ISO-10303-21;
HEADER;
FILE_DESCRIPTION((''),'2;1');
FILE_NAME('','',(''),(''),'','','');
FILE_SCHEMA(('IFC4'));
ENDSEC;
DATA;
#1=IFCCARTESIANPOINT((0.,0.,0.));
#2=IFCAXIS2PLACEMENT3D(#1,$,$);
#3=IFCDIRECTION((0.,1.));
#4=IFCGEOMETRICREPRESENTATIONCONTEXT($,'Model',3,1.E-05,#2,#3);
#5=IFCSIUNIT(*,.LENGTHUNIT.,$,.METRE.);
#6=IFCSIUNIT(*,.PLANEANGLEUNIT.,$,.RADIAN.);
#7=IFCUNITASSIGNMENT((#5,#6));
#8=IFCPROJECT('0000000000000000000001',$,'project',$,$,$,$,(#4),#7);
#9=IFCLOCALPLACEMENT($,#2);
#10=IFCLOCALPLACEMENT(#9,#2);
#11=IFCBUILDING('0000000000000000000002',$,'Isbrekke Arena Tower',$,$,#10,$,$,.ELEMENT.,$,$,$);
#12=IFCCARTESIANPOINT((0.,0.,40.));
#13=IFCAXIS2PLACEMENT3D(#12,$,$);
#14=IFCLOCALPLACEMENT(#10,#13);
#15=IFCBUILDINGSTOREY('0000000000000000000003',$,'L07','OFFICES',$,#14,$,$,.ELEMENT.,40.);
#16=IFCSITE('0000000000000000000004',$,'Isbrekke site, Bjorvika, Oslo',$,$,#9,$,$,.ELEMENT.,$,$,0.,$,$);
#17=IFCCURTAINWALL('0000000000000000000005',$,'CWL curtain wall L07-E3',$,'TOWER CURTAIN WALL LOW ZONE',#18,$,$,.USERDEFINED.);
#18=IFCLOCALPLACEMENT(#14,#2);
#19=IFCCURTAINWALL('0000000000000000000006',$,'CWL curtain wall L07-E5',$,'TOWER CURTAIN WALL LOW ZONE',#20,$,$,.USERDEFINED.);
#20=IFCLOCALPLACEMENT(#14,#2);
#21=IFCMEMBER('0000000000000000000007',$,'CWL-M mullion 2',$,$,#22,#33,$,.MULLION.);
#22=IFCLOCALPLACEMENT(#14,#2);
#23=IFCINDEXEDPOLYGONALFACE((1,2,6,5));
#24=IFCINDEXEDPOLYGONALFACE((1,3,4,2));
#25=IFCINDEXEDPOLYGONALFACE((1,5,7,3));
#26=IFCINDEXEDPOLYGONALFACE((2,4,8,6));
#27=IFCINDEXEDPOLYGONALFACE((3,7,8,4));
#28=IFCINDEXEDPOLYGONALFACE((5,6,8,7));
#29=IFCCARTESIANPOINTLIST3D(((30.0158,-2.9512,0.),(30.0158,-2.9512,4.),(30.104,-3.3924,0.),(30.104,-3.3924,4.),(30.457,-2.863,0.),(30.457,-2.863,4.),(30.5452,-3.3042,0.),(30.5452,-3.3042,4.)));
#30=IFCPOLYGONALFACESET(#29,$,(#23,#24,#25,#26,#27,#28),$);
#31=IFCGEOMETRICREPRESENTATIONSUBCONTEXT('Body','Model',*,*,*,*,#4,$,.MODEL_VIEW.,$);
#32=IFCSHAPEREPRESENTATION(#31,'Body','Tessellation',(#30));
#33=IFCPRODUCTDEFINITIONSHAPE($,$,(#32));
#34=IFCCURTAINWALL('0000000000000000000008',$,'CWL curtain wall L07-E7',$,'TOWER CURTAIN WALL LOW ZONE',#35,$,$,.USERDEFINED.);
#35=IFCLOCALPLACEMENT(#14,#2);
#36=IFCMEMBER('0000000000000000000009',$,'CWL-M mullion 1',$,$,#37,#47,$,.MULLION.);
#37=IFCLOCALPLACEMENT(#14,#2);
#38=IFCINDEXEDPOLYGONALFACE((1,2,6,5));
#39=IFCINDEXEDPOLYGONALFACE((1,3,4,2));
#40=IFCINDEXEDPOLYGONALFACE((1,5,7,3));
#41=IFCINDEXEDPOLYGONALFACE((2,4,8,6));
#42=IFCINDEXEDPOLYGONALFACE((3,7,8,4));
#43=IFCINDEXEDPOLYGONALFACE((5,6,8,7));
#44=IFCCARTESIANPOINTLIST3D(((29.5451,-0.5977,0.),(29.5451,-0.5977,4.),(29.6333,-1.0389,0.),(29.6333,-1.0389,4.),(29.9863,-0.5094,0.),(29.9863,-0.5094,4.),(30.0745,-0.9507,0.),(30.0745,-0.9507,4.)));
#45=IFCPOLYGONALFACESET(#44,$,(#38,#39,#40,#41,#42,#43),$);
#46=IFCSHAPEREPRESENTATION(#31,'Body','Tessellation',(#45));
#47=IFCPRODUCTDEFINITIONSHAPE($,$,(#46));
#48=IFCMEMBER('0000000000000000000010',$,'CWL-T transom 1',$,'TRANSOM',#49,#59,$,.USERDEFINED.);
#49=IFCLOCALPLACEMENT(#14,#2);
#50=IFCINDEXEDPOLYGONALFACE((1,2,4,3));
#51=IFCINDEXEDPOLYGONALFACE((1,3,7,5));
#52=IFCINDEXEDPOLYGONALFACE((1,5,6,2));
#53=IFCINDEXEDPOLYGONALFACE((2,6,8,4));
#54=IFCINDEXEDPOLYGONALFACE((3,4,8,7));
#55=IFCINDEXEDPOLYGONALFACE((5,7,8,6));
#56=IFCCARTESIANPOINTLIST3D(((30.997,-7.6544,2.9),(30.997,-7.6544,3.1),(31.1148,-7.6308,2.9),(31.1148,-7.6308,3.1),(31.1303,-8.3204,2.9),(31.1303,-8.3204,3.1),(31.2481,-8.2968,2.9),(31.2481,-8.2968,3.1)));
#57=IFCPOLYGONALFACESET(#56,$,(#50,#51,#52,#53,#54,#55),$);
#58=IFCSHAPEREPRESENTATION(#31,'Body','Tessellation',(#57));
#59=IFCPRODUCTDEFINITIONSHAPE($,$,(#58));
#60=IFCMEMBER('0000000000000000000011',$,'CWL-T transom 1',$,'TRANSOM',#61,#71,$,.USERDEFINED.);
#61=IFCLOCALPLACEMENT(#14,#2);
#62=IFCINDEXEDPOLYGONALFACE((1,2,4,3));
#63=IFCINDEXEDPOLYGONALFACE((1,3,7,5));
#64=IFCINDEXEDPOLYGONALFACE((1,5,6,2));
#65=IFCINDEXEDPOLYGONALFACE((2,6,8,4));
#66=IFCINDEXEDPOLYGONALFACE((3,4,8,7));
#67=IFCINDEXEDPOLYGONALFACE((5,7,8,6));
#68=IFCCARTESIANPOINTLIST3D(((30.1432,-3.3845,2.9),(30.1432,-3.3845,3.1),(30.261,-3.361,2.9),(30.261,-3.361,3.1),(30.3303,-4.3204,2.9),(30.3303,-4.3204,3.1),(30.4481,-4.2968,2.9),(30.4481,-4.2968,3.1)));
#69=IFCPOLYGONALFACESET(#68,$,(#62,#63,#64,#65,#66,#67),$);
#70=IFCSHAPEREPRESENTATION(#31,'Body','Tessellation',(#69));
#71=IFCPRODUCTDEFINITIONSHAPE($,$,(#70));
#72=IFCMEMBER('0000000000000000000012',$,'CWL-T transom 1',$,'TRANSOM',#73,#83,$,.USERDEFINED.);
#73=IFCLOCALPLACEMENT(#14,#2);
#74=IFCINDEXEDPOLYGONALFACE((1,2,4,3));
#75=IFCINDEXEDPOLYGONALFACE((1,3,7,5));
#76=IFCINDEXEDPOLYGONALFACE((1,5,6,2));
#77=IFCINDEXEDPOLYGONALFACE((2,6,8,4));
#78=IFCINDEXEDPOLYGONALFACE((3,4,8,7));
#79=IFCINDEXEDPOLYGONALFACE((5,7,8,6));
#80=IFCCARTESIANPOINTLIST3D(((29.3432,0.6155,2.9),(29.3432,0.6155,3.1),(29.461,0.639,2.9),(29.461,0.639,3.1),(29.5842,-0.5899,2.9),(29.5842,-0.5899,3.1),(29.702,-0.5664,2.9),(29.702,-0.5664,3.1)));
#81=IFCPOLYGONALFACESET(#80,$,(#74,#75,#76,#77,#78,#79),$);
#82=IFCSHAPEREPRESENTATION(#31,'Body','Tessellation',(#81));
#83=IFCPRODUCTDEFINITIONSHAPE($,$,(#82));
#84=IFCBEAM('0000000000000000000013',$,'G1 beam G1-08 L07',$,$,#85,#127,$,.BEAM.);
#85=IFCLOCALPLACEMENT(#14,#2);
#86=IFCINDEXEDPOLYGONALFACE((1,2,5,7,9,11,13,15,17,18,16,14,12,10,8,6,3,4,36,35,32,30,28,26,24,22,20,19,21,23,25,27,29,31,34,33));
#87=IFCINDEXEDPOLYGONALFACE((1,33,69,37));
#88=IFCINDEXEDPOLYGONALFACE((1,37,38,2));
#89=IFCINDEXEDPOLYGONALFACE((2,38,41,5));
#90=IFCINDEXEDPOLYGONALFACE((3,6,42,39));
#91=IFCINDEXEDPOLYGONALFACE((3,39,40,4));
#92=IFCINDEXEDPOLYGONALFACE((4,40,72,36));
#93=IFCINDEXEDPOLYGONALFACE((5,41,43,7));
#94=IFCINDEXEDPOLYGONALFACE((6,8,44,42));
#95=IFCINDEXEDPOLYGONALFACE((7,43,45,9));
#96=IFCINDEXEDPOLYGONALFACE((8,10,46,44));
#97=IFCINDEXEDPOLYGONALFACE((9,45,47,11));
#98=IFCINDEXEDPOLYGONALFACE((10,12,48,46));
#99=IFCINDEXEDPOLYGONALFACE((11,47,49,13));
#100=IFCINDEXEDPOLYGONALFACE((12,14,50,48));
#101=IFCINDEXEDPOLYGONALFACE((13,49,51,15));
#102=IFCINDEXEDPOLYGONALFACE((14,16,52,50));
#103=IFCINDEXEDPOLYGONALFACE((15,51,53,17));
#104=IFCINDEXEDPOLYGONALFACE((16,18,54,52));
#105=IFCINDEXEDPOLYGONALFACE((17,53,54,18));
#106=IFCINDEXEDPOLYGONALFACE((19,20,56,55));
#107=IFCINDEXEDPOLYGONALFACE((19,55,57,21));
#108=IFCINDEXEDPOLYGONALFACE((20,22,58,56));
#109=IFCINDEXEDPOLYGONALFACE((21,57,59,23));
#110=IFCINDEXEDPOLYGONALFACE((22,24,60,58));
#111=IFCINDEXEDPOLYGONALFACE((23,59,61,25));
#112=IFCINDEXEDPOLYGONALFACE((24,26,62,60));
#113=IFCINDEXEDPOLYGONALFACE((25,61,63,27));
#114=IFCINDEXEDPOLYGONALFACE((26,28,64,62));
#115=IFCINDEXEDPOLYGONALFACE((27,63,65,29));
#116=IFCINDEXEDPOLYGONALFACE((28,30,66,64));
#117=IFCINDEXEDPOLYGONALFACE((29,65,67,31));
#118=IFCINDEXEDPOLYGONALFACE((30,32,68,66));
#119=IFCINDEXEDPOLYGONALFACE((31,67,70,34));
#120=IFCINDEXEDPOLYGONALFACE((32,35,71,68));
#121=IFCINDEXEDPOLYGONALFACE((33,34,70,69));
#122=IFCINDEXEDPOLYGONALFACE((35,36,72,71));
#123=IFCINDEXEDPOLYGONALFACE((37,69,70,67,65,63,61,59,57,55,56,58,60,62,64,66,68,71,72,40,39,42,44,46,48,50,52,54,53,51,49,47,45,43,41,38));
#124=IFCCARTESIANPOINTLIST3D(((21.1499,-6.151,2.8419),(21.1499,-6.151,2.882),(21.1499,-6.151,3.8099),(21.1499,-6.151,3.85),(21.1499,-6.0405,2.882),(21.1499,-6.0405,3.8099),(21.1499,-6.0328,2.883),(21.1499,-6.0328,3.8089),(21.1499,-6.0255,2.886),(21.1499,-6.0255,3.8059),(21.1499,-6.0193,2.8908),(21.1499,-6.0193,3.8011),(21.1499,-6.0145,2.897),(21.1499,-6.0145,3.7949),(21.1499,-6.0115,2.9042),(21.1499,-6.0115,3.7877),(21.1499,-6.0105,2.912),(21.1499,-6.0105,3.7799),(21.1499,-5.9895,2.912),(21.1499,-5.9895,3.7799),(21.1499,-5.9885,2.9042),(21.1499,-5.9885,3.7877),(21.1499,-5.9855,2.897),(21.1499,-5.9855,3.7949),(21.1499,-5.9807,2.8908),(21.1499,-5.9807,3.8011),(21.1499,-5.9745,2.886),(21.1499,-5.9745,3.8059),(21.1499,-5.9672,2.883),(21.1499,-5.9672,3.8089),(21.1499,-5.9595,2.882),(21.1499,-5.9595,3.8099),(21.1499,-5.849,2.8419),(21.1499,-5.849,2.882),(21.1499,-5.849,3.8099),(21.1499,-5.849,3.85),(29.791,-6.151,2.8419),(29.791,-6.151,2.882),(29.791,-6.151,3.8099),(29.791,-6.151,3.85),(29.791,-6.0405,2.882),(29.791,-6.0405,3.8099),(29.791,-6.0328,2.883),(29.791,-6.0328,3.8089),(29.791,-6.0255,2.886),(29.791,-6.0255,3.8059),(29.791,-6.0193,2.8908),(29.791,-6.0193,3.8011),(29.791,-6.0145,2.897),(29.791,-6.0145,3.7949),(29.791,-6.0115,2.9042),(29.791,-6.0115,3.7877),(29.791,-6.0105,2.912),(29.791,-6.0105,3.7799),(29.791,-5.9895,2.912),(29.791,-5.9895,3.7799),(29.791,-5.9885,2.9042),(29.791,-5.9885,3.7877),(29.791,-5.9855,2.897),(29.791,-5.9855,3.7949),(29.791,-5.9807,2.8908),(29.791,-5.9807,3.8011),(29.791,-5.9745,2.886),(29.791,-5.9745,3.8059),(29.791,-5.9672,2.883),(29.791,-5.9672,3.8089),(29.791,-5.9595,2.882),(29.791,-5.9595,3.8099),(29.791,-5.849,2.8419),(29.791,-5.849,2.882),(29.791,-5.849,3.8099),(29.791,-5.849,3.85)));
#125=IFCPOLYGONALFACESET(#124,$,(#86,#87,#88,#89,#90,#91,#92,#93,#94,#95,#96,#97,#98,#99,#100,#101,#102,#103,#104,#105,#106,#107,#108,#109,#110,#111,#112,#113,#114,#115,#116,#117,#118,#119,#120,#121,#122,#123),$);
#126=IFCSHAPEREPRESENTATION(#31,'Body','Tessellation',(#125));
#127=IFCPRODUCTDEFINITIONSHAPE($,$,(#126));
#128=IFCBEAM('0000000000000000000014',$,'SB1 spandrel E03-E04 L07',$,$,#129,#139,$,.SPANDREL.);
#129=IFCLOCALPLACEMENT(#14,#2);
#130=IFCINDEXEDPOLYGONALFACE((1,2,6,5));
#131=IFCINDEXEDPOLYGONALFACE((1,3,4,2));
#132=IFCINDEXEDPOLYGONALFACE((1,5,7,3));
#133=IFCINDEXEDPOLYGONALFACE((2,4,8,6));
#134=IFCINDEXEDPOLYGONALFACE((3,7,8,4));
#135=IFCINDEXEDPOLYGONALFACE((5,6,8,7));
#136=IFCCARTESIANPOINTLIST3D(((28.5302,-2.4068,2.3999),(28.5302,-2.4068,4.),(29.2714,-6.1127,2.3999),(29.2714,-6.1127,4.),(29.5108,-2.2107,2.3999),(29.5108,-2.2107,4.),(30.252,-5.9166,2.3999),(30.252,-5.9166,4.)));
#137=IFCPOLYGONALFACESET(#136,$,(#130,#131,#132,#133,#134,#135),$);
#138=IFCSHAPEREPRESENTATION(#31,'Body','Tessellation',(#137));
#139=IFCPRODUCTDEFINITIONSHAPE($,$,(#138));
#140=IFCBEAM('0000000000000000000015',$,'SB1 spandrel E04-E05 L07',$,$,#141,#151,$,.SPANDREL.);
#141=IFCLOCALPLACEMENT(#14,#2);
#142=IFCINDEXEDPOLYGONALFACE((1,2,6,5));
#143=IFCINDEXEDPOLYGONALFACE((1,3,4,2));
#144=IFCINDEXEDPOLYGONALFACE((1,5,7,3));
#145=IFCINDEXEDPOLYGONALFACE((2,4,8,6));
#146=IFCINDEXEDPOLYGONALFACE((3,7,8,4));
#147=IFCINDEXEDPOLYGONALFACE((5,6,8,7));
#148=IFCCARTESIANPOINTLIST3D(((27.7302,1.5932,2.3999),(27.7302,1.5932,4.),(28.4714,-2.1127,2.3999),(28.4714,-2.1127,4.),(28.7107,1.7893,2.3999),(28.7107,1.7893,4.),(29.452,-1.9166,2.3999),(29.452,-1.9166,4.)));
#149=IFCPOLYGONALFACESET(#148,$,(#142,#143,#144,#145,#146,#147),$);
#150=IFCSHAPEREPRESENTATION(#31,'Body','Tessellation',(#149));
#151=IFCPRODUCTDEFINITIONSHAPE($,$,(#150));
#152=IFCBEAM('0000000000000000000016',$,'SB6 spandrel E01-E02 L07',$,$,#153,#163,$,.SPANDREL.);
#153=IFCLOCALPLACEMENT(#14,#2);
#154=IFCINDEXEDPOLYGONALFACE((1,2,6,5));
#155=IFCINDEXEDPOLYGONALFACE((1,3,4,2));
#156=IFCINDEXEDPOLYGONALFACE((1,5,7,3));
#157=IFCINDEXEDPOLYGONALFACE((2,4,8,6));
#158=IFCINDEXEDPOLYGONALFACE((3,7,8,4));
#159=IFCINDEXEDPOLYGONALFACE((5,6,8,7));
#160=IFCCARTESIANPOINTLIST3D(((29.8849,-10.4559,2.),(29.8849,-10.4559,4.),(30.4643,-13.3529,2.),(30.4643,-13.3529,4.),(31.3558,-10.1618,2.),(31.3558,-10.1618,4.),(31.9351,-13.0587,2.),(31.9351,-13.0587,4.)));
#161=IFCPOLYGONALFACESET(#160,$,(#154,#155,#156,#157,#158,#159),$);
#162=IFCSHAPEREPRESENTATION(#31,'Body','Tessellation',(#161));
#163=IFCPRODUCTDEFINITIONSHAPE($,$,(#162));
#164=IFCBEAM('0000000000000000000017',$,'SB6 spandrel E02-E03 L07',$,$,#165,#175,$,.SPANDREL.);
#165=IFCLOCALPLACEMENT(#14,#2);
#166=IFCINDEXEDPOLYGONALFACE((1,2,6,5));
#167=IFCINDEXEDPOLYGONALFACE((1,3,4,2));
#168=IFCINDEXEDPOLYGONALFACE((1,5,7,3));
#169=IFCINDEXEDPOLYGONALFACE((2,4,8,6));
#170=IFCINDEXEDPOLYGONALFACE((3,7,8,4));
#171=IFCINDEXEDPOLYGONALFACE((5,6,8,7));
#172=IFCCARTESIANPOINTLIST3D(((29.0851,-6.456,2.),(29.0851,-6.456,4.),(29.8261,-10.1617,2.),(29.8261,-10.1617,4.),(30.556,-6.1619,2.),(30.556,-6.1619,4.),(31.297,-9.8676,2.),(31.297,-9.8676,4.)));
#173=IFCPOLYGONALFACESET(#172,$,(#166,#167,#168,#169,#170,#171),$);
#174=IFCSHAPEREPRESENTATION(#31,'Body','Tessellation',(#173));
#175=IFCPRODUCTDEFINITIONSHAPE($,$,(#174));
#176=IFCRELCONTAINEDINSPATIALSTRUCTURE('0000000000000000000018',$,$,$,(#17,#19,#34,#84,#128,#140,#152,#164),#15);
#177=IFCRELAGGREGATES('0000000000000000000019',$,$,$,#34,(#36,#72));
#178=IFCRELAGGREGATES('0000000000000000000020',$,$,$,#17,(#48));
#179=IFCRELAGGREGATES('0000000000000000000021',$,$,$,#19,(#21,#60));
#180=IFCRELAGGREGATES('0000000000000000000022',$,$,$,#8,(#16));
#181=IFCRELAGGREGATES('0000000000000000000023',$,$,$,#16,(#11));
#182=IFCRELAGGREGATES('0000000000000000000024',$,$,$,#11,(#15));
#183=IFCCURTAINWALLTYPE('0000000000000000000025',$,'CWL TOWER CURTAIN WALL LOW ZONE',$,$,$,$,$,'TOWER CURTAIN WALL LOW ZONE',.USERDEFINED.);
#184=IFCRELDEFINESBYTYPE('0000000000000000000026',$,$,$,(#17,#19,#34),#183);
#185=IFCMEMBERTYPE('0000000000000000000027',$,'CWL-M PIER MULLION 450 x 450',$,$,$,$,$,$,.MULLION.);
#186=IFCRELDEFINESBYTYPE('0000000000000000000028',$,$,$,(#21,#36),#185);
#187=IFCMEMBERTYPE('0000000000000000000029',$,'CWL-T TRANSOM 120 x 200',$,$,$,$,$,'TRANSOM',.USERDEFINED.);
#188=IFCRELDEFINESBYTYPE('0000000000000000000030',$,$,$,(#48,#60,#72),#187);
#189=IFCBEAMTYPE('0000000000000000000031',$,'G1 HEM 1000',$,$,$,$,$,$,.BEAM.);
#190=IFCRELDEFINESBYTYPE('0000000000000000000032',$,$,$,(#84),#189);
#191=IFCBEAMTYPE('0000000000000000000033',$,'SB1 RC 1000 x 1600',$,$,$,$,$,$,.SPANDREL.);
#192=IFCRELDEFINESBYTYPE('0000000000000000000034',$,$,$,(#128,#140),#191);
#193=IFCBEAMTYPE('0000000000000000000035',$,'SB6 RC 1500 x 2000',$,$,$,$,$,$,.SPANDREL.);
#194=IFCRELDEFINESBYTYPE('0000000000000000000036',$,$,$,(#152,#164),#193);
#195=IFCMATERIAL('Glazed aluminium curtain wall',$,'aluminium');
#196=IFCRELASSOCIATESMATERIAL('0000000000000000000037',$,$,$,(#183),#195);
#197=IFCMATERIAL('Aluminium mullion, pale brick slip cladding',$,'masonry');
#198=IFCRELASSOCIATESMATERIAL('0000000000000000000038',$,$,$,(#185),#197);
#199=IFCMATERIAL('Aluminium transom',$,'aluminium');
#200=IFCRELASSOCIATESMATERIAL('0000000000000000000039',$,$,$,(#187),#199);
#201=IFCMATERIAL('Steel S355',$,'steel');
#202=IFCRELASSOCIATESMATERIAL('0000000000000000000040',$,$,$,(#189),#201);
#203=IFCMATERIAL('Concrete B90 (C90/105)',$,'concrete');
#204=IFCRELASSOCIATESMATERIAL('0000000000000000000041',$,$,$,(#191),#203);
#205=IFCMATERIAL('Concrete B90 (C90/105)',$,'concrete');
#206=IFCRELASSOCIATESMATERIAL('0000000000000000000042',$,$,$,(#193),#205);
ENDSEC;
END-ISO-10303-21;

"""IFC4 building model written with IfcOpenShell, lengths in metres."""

from ifc_helpers import new_model, si_unit, direction, frame, origin, origin_2d, place, context, subcontext, project, spatial, rectangle, i_section, extrude, material, material_profile, profile_set, type_object, element, aggregate, save


model = new_model("IFC4")

# Units and contexts
model_context = context("Model", 3, precision=1e-05, world=origin(), true_north=direction((0.0, 1.0)))
body_context = subcontext(model_context, "Body", "Model", "MODEL_VIEW")
ifc_project = project(units=[si_unit("LENGTHUNIT", "METRE"), si_unit("PLANEANGLEUNIT", "RADIAN")], contexts=[model_context])

# Site, building, storey
site_placement = place(None, origin())
site = spatial("IfcSite", under=ifc_project, at=site_placement, Name="Isbrekke site, Bjorvika, Oslo", CompositionType="ELEMENT", RefElevation=0.0)
building_placement = place(site_placement, origin())
building = spatial("IfcBuilding", under=site, at=building_placement, Name="Isbrekke Arena Tower", CompositionType="ELEMENT")
storey_placement = place(building_placement, frame((0.0, 0.0, 40.0)))
storey = spatial("IfcBuildingStorey", under=building, at=storey_placement, Name="L07", Description="OFFICES", CompositionType="ELEMENT", Elevation=40.0)

# Curtain walls, member
ifc_material_1 = material(Name="Glazed aluminium curtain wall", Category="aluminium")
curtain_wall_type = type_object("IfcCurtainWallType", Name="CWL TOWER CURTAIN WALL LOW ZONE", ElementType="TOWER CURTAIN WALL LOW ZONE", PredefinedType="USERDEFINED", material=ifc_material_1)
curtain_wall_1_placement = place(storey_placement, origin())
curtain_wall_1 = element("IfcCurtainWall", 1, at=curtain_wall_1_placement, inside=storey, type_object=curtain_wall_type, Name="CWL curtain wall L07-E3", ObjectType="TOWER CURTAIN WALL LOW ZONE", PredefinedType="USERDEFINED")
ifc_material_2 = material(Name="Aluminium mullion, pale brick slip cladding", Category="masonry")
ifc_material_profile_1 = material_profile(ifc_material_2, rectangle(XDim=0.45, YDim=0.45, at=origin_2d()), Name="PIER 450X450")
ifc_profile_set_1 = profile_set([ifc_material_profile_1], Name="Aluminium mullion, pale brick slip cladding")
member_type_1 = type_object("IfcMemberType", Name="CWL-M PIER MULLION 450 x 450", PredefinedType="MULLION", material=ifc_profile_set_1)
curtain_wall_2_placement = place(storey_placement, origin())
curtain_wall_2 = element("IfcCurtainWall", 2, at=curtain_wall_2_placement, inside=storey, type_object=curtain_wall_type, Name="CWL curtain wall L07-E5", ObjectType="TOWER CURTAIN WALL LOW ZONE", PredefinedType="USERDEFINED")
member_1_placement = place(storey_placement, frame((30.2805, -3.1277, 0.0), z_axis=(0.0, 0.0, 1.0), x_axis=(-0.196116, 0.980581, 0.0)))
member_1 = element("IfcMember", 3, at=member_1_placement, type_object=member_type_1, Name="CWL-M mullion 2", PredefinedType="MULLION", context=body_context, shape_type="SweptSolid", body=[
    extrude(rectangle(XDim=0.45, YDim=0.45, at=origin_2d()), origin(), (0.0, 0.0, 1.0), 4.0),
])

# Curtain wall, member
curtain_wall_3_placement = place(storey_placement, origin())
curtain_wall_3 = element("IfcCurtainWall", 4, at=curtain_wall_3_placement, inside=storey, type_object=curtain_wall_type, Name="CWL curtain wall L07-E7", ObjectType="TOWER CURTAIN WALL LOW ZONE", PredefinedType="USERDEFINED")
member_2_placement = place(storey_placement, frame((29.8098, -0.7742, 0.0), z_axis=(0.0, 0.0, 1.0), x_axis=(-0.196116, 0.980581, 0.0)))
member_2 = element("IfcMember", 5, at=member_2_placement, type_object=member_type_1, Name="CWL-M mullion 1", PredefinedType="MULLION", context=body_context, shape_type="SweptSolid", body=[
    extrude(rectangle(XDim=0.45, YDim=0.45, at=origin_2d()), origin(), (0.0, 0.0, 1.0), 4.0),
])

# Members
ifc_material_3 = material(Name="Aluminium transom", Category="aluminium")
ifc_material_profile_2 = material_profile(ifc_material_3, rectangle(XDim=0.1201, YDim=0.2, at=origin_2d()), Name="TRANSOM 120X200")
ifc_profile_set_2 = profile_set([ifc_material_profile_2], Name="Aluminium transom")
member_type_2 = type_object("IfcMemberType", Name="CWL-T TRANSOM 120 x 200", ElementType="TRANSOM", PredefinedType="USERDEFINED", material=ifc_profile_set_2)
member_3_placement = place(storey_placement, frame((31.1892, -8.3086, 3.0), z_axis=(-0.196254, 0.980553, 0.0), x_axis=(-0.980553, -0.196254, 0.0)))
member_3 = element("IfcMember", 6, at=member_3_placement, type_object=member_type_2, Name="CWL-T transom 1", ObjectType="TRANSOM", PredefinedType="USERDEFINED", context=body_context, shape_type="SweptSolid", body=[
    extrude(rectangle(XDim=0.1201, YDim=0.2, at=origin_2d()), origin(), (0.0, 0.0, 1.0), 0.6792),
])
member_4_placement = place(storey_placement, frame((30.3892, -4.3086, 3.0), z_axis=(-0.195969, 0.98061, 0.0), x_axis=(-0.98061, -0.195969, 0.0)))
member_4 = element("IfcMember", 7, at=member_4_placement, type_object=member_type_2, Name="CWL-T transom 1", ObjectType="TRANSOM", PredefinedType="USERDEFINED", context=body_context, shape_type="SweptSolid", body=[
    extrude(rectangle(XDim=0.1201, YDim=0.2, at=origin_2d()), origin(), (0.0, 0.0, 1.0), 0.9543),
])
member_5_placement = place(storey_placement, frame((29.6431, -0.5781, 3.0), z_axis=(-0.19604, 0.980596, 0.0), x_axis=(-0.980596, -0.19604, 0.0)))
member_5 = element("IfcMember", 8, at=member_5_placement, type_object=member_type_2, Name="CWL-T transom 1", ObjectType="TRANSOM", PredefinedType="USERDEFINED", context=body_context, shape_type="SweptSolid", body=[
    extrude(rectangle(XDim=0.1201, YDim=0.2, at=origin_2d()), origin(), (0.0, 0.0, 1.0), 1.2292),
])
aggregate(curtain_wall_3, [member_2, member_5])

# Beams
ifc_material_4 = material(Name="Steel S355", Category="steel")
ifc_material_profile_3 = material_profile(ifc_material_4, i_section(OverallWidth=0.302, OverallDepth=1.0081, WebThickness=0.021, FlangeThickness=0.04, FilletRadius=0.03, at=origin_2d()), Name="HEM 1000")
ifc_profile_set_3 = profile_set([ifc_material_profile_3], Name="Steel S355")
beam_type_1 = type_object("IfcBeamType", Name="G1 HEM 1000", PredefinedType="BEAM", material=ifc_profile_set_3)
beam_1_placement = place(storey_placement, frame((21.1499, -6.0, 3.3459), z_axis=(1.0, 0.0, 0.0), x_axis=(0.0, 1.0, 0.0)))
element("IfcBeam", 9, at=beam_1_placement, inside=storey, type_object=beam_type_1, Name="G1 beam G1-08 L07", PredefinedType="BEAM", context=body_context, shape_type="SweptSolid", body=[
    extrude(i_section(OverallWidth=0.302, OverallDepth=1.0081, WebThickness=0.021, FlangeThickness=0.04, FilletRadius=0.03, at=origin_2d()), origin(), (0.0, 0.0, 1.0), 8.6411),
])
ifc_material_5 = material(Name="Concrete B90 (C90/105)", Category="concrete")
ifc_material_profile_4 = material_profile(ifc_material_5, rectangle(XDim=1.0, YDim=1.6001, at=origin_2d()), Name="RC 1000x1600")
ifc_profile_set_4 = profile_set([ifc_material_profile_4], Name="Concrete B90 (C90/105)")
beam_type_2 = type_object("IfcBeamType", Name="SB1 RC 1000 x 1600", PredefinedType="SPANDREL", material=ifc_profile_set_4)
for number, where, z_axis, x_axis, name in (
    (10, (29.7617, -6.0146, 3.2), (-0.196129, 0.980578, 0.0), (-0.980578, -0.196129, 0.0), "SB1 spandrel E03-E04 L07"),
    (11, (28.9617, -2.0146, 3.2), (-0.196129, 0.980578, 0.0), (-0.980578, -0.196129, 0.0), "SB1 spandrel E04-E05 L07"),
):
    element("IfcBeam", number, at=place(storey_placement, frame(where, z_axis=z_axis, x_axis=x_axis)), inside=storey, type_object=beam_type_2, Name=name, PredefinedType="SPANDREL", context=body_context, shape_type="SweptSolid", body=[
        extrude(rectangle(XDim=1.0, YDim=1.6001, at=origin_2d()), origin(), (0.0, 0.0, 1.0), 3.7793),
    ])
ifc_material_6 = material(Name="Concrete B90 (C90/105)", Category="concrete")
ifc_material_profile_5 = material_profile(ifc_material_6, rectangle(XDim=1.5, YDim=2.0, at=origin_2d()), Name="RC 1500x2000")
ifc_profile_set_5 = profile_set([ifc_material_profile_5], Name="Concrete B90 (C90/105)")
beam_type_3 = type_object("IfcBeamType", Name="SB6 RC 1500 x 2000", PredefinedType="SPANDREL", material=ifc_profile_set_5)
beam_2_placement = place(storey_placement, frame((31.1997, -13.2058, 3.0), z_axis=(-0.1961, 0.980584, 0.0), x_axis=(-0.980584, -0.1961, 0.0)))
element("IfcBeam", 12, at=beam_2_placement, inside=storey, type_object=beam_type_3, Name="SB6 spandrel E01-E02 L07", PredefinedType="SPANDREL", context=body_context, shape_type="SweptSolid", body=[
    extrude(rectangle(XDim=1.5, YDim=2.0, at=origin_2d()), origin(), (0.0, 0.0, 1.0), 2.9543),
])
beam_3_placement = place(storey_placement, frame((30.5615, -10.0146, 3.0), z_axis=(-0.196066, 0.980591, 0.0), x_axis=(-0.980591, -0.196066, 0.0)))
element("IfcBeam", 13, at=beam_3_placement, inside=storey, type_object=beam_type_3, Name="SB6 spandrel E02-E03 L07", PredefinedType="SPANDREL", context=body_context, shape_type="SweptSolid", body=[
    extrude(rectangle(XDim=1.5, YDim=2.0, at=origin_2d()), origin(), (0.0, 0.0, 1.0), 3.7791),
])

aggregate(curtain_wall_1, [member_3])
aggregate(curtain_wall_2, [member_1, member_4])

save(model, "model.ifc")
